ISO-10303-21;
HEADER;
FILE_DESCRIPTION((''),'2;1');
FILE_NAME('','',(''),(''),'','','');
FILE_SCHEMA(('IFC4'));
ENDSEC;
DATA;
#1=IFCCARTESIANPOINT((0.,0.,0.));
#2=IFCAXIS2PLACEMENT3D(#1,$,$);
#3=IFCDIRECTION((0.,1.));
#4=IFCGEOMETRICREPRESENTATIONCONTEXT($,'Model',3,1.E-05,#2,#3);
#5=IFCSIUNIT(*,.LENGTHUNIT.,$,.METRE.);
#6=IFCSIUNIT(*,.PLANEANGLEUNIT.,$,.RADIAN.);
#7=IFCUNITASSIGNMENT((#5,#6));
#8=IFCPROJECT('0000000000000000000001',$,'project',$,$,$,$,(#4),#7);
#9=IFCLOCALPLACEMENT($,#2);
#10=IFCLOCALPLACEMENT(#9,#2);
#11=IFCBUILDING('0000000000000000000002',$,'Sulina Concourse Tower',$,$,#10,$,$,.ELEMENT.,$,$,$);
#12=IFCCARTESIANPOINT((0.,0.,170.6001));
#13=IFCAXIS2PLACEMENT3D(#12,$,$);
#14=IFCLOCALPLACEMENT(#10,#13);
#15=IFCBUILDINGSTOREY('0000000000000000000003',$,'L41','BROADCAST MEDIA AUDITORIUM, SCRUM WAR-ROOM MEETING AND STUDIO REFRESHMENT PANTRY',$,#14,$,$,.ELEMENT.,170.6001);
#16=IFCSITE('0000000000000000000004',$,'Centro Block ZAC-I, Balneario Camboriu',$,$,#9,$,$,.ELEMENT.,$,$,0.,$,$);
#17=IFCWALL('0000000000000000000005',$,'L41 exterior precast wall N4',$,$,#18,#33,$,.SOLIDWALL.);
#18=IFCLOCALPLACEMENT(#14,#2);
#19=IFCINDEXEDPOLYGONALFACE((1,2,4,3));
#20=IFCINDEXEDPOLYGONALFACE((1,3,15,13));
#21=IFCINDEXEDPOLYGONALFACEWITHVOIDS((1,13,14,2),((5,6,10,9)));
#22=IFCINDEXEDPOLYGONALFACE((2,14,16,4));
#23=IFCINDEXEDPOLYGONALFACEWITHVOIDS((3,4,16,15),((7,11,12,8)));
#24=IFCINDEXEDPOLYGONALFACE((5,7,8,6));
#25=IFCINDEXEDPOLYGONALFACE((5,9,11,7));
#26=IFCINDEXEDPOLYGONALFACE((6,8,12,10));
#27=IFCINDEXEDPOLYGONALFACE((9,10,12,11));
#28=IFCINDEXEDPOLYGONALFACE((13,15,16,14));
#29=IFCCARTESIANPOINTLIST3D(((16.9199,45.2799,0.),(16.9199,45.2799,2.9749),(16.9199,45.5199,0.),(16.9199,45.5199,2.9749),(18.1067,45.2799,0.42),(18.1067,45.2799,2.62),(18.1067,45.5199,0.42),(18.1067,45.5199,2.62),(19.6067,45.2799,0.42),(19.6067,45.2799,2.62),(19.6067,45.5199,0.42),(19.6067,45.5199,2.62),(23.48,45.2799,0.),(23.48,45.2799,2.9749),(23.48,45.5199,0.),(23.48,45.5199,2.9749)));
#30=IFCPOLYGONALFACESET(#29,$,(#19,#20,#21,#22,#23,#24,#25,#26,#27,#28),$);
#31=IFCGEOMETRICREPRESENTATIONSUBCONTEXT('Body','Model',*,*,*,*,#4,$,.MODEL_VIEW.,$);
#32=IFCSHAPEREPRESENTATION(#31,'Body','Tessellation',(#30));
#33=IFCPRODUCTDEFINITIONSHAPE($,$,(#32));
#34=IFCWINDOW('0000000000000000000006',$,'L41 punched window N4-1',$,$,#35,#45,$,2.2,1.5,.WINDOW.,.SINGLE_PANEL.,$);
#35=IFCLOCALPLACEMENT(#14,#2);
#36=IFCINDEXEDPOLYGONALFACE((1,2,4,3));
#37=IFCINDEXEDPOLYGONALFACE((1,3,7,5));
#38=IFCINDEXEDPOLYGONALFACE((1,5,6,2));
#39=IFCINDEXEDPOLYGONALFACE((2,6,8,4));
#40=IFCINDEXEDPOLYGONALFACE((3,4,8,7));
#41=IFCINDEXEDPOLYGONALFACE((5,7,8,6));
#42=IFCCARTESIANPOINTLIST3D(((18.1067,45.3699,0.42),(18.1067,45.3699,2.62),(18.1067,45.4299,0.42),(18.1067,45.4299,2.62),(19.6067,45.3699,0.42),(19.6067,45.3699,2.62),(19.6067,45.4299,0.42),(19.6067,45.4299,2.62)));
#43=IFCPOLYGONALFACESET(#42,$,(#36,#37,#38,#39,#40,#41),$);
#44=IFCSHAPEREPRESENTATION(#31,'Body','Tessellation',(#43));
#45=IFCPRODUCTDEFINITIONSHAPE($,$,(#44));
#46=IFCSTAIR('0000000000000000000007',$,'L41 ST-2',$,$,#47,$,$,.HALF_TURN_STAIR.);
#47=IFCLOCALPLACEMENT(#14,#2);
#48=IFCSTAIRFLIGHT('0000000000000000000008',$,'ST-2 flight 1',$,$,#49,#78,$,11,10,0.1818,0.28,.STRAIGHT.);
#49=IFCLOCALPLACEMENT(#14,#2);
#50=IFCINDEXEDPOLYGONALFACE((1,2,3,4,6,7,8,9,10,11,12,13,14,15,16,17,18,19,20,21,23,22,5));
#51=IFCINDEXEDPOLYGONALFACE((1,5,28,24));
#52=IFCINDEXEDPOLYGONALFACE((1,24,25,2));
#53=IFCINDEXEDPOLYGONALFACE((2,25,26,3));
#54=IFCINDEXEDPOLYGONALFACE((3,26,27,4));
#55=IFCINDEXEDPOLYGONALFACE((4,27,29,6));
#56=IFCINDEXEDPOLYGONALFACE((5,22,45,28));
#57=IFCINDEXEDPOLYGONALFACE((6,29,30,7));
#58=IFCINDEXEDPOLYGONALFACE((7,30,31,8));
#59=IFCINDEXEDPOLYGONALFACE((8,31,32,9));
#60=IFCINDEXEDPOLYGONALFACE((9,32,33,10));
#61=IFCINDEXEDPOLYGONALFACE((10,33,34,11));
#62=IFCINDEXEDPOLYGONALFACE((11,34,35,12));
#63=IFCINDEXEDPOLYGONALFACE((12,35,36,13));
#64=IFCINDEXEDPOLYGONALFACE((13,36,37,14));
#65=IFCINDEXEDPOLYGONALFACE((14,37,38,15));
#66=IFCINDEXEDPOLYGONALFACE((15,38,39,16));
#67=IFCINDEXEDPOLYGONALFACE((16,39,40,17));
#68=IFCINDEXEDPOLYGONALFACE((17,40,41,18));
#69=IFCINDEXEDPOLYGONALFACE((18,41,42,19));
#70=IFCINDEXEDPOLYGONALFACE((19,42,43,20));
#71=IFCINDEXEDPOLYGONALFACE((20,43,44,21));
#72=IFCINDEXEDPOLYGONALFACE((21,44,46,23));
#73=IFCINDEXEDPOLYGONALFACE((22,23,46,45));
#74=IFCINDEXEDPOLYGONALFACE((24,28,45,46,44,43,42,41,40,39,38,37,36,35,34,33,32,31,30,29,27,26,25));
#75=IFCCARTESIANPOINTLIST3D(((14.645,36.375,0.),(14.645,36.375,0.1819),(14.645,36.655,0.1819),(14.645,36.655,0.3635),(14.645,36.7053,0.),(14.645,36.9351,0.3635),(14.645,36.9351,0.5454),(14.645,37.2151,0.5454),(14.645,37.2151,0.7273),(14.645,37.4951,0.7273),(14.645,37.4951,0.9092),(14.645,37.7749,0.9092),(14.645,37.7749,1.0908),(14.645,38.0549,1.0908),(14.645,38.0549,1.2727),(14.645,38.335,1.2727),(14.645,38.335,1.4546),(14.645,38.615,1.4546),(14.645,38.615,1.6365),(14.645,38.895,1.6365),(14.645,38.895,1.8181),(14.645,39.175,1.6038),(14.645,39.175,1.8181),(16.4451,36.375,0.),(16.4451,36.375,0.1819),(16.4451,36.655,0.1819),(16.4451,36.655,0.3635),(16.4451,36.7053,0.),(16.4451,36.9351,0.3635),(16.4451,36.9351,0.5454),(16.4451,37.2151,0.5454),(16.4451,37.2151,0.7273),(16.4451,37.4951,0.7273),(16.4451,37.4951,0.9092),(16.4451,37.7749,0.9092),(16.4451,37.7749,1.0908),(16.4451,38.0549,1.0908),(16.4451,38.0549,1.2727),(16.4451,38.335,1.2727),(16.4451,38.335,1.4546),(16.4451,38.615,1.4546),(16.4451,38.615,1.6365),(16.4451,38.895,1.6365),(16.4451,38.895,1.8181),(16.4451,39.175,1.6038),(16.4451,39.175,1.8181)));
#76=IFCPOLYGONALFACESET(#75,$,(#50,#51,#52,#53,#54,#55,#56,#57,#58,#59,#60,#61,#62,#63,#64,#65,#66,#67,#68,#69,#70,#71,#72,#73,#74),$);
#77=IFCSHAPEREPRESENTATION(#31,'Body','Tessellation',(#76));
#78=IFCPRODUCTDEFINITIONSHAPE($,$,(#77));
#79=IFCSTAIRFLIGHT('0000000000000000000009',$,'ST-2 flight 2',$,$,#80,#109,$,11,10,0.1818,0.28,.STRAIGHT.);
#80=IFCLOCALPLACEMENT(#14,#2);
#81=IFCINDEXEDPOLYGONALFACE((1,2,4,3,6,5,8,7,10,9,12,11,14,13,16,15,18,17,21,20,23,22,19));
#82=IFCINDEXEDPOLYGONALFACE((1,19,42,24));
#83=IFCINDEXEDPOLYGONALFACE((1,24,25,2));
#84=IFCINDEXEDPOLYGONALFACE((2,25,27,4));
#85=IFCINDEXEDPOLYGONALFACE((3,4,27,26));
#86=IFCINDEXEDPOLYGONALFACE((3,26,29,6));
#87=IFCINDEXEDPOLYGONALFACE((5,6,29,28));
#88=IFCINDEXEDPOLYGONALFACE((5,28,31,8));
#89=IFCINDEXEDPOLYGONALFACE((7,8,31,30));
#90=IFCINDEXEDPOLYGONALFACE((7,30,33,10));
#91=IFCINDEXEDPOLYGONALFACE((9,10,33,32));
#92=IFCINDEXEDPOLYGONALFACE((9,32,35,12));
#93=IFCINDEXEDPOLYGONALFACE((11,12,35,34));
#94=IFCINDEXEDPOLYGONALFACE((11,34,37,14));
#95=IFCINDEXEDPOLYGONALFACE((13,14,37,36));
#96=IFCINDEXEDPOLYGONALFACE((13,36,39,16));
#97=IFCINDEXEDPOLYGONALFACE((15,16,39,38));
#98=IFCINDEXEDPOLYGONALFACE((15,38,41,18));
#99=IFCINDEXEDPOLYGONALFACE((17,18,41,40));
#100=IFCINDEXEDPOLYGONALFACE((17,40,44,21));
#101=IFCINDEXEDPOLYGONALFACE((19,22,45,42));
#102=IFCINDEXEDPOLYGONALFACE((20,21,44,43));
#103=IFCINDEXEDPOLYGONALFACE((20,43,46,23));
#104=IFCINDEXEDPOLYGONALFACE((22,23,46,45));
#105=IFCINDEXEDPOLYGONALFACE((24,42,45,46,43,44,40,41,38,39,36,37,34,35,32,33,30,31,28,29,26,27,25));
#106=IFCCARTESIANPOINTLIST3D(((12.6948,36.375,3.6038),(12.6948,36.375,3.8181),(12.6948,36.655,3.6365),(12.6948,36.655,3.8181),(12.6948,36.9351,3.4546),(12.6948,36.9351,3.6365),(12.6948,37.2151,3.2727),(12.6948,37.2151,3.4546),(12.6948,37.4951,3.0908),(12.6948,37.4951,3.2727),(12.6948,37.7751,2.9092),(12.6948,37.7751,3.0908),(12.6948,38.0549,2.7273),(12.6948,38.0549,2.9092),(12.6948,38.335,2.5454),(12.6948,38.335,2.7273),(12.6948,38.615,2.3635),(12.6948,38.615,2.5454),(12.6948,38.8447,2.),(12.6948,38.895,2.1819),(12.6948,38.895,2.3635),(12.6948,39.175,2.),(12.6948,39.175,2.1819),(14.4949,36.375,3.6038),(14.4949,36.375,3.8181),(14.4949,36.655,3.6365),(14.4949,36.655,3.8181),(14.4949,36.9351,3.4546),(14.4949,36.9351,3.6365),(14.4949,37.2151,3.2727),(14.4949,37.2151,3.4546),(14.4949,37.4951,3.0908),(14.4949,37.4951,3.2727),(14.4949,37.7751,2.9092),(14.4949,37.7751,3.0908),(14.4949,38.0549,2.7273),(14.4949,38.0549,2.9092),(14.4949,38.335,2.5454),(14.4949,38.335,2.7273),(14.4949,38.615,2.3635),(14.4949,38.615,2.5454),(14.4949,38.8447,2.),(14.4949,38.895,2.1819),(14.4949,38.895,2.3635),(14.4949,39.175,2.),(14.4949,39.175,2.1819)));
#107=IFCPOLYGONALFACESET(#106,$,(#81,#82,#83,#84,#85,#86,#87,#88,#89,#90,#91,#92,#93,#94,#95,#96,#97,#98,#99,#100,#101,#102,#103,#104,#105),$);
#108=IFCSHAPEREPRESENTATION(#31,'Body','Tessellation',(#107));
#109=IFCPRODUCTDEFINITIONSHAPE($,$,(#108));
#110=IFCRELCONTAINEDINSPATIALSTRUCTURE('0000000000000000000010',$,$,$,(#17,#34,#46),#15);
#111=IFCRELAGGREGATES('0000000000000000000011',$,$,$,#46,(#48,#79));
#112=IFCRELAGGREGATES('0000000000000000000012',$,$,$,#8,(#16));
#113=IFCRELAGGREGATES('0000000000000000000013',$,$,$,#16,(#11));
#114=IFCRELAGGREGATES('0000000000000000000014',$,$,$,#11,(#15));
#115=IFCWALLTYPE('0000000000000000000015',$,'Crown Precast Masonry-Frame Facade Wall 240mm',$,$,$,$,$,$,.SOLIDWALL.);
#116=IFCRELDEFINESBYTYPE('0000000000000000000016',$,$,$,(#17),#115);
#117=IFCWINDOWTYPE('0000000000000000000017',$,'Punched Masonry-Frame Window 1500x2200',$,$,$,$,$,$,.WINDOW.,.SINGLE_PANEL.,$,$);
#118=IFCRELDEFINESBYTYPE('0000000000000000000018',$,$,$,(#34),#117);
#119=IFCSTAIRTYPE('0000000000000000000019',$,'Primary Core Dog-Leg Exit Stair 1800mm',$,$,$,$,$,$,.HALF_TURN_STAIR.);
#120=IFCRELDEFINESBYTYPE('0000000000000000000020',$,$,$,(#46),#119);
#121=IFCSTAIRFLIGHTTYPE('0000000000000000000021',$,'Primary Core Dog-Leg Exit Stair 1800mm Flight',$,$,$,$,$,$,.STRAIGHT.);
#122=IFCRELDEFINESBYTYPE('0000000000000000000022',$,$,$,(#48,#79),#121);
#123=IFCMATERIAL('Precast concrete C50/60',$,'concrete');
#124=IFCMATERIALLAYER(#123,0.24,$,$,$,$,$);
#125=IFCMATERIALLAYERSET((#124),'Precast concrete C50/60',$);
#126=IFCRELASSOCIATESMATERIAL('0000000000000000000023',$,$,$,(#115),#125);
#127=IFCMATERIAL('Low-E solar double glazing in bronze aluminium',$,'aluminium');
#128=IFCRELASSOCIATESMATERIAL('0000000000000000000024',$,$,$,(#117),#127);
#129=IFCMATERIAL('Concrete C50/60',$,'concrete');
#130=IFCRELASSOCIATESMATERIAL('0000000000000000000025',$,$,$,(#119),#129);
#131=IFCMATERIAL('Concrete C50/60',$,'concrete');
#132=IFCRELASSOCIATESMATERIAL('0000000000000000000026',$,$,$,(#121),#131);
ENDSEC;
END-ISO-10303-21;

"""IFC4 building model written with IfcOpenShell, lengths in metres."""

from ifc_helpers import new_model, si_unit, direction, frame, frame_2d, origin, place, context, subcontext, project, spatial, polyline, rectangle, outline, extrude, material, layer, layer_set, type_object, element, fill, aggregate, save


model = new_model("IFC4")

# Units and contexts
model_context = context("Model", 3, precision=1e-05, world=origin(), true_north=direction((0.0, 1.0)))
body_context = subcontext(model_context, "Body", "Model", "MODEL_VIEW")
ifc_project = project(units=[si_unit("LENGTHUNIT", "METRE"), si_unit("PLANEANGLEUNIT", "RADIAN")], contexts=[model_context])

# Site, building, storey
site_placement = place(None, origin())
site = spatial("IfcSite", under=ifc_project, at=site_placement, Name="Centro Block ZAC-I, Balneario Camboriu", CompositionType="ELEMENT", RefElevation=0.0)
building_placement = place(site_placement, origin())
building = spatial("IfcBuilding", under=site, at=building_placement, Name="Sulina Concourse Tower", CompositionType="ELEMENT")
storey_placement = place(building_placement, frame((0.0, 0.0, 170.6001)))
storey = spatial("IfcBuildingStorey", under=building, at=storey_placement, Name="L41", Description="BROADCAST MEDIA AUDITORIUM, SCRUM WAR-ROOM MEETING AND STUDIO REFRESHMENT PANTRY", CompositionType="ELEMENT", Elevation=170.6001)

# Shared definitions
ifc_material_1 = material(Name="Precast concrete C50/60", Category="concrete")
ifc_layer_1 = layer(ifc_material_1, 0.24)
ifc_layer_set_1 = layer_set([ifc_layer_1], Name="Precast concrete C50/60")
wall_type_1 = type_object("IfcWallType", Name="Crown Precast Masonry-Frame Facade Wall 240mm", PredefinedType="SOLIDWALL", material=ifc_layer_set_1)

# Wall, opening, window
wall_1_placement = place(storey_placement, frame((16.9199, 45.3999, 0.0), z_axis=(0.0, 0.0, 1.0), x_axis=(1.0, 0.0, 0.0)))
wall_1 = element("IfcWall", 1, at=wall_1_placement, inside=storey, type_object=wall_type_1, Name="L41 exterior precast wall N4", PredefinedType="SOLIDWALL", context=body_context, shape_type="SweptSolid", body=[
    extrude(rectangle(XDim=6.5601, YDim=0.24, at=frame_2d((3.28, 0.0))), origin(), (0.0, 0.0, 1.0), 2.9749),
])
opening_1_placement = place(wall_1_placement, frame((1.1868, 0.0, 0.4199)))
opening_1 = element("IfcOpeningElement", 2, at=opening_1_placement, cuts=wall_1, PredefinedType="OPENING", context=body_context, shape_type="SweptSolid", body=[
    extrude(rectangle(XDim=1.5, YDim=2.2, at=frame_2d((0.75, 1.1001))), frame((0.0, 0.1299, 0.0), z_axis=(0.0, -1.0, 0.0), x_axis=(1.0, 0.0, 0.0)), (0.0, 0.0, 1.0), 0.26),
])
ifc_material_2 = material(Name="Low-E solar double glazing in bronze aluminium", Category="aluminium")
window_type = type_object("IfcWindowType", Name="Punched Masonry-Frame Window 1500x2200", PartitioningType="SINGLE_PANEL", PredefinedType="WINDOW", material=ifc_material_2)
window_placement = place(opening_1_placement, origin())
window = element("IfcWindow", 3, at=window_placement, inside=storey, type_object=window_type, Name="L41 punched window N4-1", OverallHeight=2.2, OverallWidth=1.5, PartitioningType="SINGLE_PANEL", PredefinedType="WINDOW", context=body_context, shape_type="SweptSolid", body=[
    extrude(rectangle(XDim=1.5, YDim=2.2, at=frame_2d((0.75, 1.1001))), frame((0.0, 0.03, 0.0), z_axis=(0.0, -1.0, 0.0), x_axis=(1.0, 0.0, 0.0)), (0.0, 0.0, 1.0), 0.0601),
])
fill(opening_1, window)

# Stair, stair flights
ifc_material_3 = material(Name="Concrete C50/60", Category="concrete")
stair_type = type_object("IfcStairType", Name="Primary Core Dog-Leg Exit Stair 1800mm", PredefinedType="HALF_TURN_STAIR", material=ifc_material_3)
stair_placement = place(storey_placement, origin())
stair = element("IfcStair", 4, at=stair_placement, inside=storey, type_object=stair_type, Name="L41 ST-2", PredefinedType="HALF_TURN_STAIR")
ifc_material_4 = material(Name="Concrete C50/60", Category="concrete")
stair_flight_type = type_object("IfcStairFlightType", Name="Primary Core Dog-Leg Exit Stair 1800mm Flight", PredefinedType="STRAIGHT", material=ifc_material_4)
stair_flight_1_placement = place(storey_placement, frame((15.5449, 36.375, 0.0), z_axis=(0.0, 0.0, 1.0), x_axis=(0.0, 1.0, 0.0)))
stair_flight_1 = element("IfcStairFlight", 5, at=stair_flight_1_placement, type_object=stair_flight_type, Name="ST-2 flight 1", NumberOfRisers=11, NumberOfTreads=10, PredefinedType="STRAIGHT", RiserHeight=0.1818, TreadLength=0.28, context=body_context, shape_type="SweptSolid", body=[
    extrude(outline(polyline([(0.0, 0.0), (0.0, 0.1819), (0.28, 0.1819), (0.28, 0.3635), (0.5601, 0.3635), (0.5601, 0.5454), (0.8401, 0.5454), (0.8401, 0.7273), (1.1201, 0.7273), (1.1201, 0.9092), (1.3999, 0.9092), (1.3999, 1.0908), (1.6799, 1.0908), (1.6799, 1.2727), (1.96, 1.2727), (1.96, 1.4546), (2.24, 1.4546), (2.24, 1.6365), (2.52, 1.6365), (2.52, 1.8181), (2.8, 1.8181), (2.8, 2.0), (2.8, 1.6038), (0.3303, 0.0), (0.0, 0.0)])), frame((0.0, 0.8999, 0.0), z_axis=(0.0, -1.0, 0.0), x_axis=(1.0, 0.0, 0.0)), (0.0, 0.0, 1.0), 1.8),
])
stair_flight_2_placement = place(storey_placement, frame((13.595, 39.175, 2.0), z_axis=(0.0, 0.0, 1.0), x_axis=(0.0, -1.0, 0.0)))
stair_flight_2 = element("IfcStairFlight", 6, at=stair_flight_2_placement, type_object=stair_flight_type, Name="ST-2 flight 2", NumberOfRisers=11, NumberOfTreads=10, PredefinedType="STRAIGHT", RiserHeight=0.1818, TreadLength=0.28, context=body_context, shape_type="SweptSolid", body=[
    extrude(outline(polyline([(0.0, 0.0), (0.0, 0.1819), (0.28, 0.1819), (0.28, 0.3635), (0.5601, 0.3635), (0.5601, 0.5454), (0.8401, 0.5454), (0.8401, 0.7273), (1.1201, 0.7273), (1.1201, 0.9092), (1.3999, 0.9092), (1.3999, 1.0908), (1.6799, 1.0908), (1.6799, 1.2727), (1.96, 1.2727), (1.96, 1.4546), (2.24, 1.4546), (2.24, 1.6365), (2.52, 1.6365), (2.52, 1.8181), (2.8, 1.8181), (2.8, 2.0), (2.8, 1.6038), (0.3303, 0.0), (0.0, 0.0)])), frame((0.0, 0.8999, 0.0), z_axis=(0.0, -1.0, 0.0), x_axis=(1.0, 0.0, 0.0)), (0.0, 0.0, 1.0), 1.8),
])
aggregate(stair, [stair_flight_1, stair_flight_2])

save(model, "model.ifc")
